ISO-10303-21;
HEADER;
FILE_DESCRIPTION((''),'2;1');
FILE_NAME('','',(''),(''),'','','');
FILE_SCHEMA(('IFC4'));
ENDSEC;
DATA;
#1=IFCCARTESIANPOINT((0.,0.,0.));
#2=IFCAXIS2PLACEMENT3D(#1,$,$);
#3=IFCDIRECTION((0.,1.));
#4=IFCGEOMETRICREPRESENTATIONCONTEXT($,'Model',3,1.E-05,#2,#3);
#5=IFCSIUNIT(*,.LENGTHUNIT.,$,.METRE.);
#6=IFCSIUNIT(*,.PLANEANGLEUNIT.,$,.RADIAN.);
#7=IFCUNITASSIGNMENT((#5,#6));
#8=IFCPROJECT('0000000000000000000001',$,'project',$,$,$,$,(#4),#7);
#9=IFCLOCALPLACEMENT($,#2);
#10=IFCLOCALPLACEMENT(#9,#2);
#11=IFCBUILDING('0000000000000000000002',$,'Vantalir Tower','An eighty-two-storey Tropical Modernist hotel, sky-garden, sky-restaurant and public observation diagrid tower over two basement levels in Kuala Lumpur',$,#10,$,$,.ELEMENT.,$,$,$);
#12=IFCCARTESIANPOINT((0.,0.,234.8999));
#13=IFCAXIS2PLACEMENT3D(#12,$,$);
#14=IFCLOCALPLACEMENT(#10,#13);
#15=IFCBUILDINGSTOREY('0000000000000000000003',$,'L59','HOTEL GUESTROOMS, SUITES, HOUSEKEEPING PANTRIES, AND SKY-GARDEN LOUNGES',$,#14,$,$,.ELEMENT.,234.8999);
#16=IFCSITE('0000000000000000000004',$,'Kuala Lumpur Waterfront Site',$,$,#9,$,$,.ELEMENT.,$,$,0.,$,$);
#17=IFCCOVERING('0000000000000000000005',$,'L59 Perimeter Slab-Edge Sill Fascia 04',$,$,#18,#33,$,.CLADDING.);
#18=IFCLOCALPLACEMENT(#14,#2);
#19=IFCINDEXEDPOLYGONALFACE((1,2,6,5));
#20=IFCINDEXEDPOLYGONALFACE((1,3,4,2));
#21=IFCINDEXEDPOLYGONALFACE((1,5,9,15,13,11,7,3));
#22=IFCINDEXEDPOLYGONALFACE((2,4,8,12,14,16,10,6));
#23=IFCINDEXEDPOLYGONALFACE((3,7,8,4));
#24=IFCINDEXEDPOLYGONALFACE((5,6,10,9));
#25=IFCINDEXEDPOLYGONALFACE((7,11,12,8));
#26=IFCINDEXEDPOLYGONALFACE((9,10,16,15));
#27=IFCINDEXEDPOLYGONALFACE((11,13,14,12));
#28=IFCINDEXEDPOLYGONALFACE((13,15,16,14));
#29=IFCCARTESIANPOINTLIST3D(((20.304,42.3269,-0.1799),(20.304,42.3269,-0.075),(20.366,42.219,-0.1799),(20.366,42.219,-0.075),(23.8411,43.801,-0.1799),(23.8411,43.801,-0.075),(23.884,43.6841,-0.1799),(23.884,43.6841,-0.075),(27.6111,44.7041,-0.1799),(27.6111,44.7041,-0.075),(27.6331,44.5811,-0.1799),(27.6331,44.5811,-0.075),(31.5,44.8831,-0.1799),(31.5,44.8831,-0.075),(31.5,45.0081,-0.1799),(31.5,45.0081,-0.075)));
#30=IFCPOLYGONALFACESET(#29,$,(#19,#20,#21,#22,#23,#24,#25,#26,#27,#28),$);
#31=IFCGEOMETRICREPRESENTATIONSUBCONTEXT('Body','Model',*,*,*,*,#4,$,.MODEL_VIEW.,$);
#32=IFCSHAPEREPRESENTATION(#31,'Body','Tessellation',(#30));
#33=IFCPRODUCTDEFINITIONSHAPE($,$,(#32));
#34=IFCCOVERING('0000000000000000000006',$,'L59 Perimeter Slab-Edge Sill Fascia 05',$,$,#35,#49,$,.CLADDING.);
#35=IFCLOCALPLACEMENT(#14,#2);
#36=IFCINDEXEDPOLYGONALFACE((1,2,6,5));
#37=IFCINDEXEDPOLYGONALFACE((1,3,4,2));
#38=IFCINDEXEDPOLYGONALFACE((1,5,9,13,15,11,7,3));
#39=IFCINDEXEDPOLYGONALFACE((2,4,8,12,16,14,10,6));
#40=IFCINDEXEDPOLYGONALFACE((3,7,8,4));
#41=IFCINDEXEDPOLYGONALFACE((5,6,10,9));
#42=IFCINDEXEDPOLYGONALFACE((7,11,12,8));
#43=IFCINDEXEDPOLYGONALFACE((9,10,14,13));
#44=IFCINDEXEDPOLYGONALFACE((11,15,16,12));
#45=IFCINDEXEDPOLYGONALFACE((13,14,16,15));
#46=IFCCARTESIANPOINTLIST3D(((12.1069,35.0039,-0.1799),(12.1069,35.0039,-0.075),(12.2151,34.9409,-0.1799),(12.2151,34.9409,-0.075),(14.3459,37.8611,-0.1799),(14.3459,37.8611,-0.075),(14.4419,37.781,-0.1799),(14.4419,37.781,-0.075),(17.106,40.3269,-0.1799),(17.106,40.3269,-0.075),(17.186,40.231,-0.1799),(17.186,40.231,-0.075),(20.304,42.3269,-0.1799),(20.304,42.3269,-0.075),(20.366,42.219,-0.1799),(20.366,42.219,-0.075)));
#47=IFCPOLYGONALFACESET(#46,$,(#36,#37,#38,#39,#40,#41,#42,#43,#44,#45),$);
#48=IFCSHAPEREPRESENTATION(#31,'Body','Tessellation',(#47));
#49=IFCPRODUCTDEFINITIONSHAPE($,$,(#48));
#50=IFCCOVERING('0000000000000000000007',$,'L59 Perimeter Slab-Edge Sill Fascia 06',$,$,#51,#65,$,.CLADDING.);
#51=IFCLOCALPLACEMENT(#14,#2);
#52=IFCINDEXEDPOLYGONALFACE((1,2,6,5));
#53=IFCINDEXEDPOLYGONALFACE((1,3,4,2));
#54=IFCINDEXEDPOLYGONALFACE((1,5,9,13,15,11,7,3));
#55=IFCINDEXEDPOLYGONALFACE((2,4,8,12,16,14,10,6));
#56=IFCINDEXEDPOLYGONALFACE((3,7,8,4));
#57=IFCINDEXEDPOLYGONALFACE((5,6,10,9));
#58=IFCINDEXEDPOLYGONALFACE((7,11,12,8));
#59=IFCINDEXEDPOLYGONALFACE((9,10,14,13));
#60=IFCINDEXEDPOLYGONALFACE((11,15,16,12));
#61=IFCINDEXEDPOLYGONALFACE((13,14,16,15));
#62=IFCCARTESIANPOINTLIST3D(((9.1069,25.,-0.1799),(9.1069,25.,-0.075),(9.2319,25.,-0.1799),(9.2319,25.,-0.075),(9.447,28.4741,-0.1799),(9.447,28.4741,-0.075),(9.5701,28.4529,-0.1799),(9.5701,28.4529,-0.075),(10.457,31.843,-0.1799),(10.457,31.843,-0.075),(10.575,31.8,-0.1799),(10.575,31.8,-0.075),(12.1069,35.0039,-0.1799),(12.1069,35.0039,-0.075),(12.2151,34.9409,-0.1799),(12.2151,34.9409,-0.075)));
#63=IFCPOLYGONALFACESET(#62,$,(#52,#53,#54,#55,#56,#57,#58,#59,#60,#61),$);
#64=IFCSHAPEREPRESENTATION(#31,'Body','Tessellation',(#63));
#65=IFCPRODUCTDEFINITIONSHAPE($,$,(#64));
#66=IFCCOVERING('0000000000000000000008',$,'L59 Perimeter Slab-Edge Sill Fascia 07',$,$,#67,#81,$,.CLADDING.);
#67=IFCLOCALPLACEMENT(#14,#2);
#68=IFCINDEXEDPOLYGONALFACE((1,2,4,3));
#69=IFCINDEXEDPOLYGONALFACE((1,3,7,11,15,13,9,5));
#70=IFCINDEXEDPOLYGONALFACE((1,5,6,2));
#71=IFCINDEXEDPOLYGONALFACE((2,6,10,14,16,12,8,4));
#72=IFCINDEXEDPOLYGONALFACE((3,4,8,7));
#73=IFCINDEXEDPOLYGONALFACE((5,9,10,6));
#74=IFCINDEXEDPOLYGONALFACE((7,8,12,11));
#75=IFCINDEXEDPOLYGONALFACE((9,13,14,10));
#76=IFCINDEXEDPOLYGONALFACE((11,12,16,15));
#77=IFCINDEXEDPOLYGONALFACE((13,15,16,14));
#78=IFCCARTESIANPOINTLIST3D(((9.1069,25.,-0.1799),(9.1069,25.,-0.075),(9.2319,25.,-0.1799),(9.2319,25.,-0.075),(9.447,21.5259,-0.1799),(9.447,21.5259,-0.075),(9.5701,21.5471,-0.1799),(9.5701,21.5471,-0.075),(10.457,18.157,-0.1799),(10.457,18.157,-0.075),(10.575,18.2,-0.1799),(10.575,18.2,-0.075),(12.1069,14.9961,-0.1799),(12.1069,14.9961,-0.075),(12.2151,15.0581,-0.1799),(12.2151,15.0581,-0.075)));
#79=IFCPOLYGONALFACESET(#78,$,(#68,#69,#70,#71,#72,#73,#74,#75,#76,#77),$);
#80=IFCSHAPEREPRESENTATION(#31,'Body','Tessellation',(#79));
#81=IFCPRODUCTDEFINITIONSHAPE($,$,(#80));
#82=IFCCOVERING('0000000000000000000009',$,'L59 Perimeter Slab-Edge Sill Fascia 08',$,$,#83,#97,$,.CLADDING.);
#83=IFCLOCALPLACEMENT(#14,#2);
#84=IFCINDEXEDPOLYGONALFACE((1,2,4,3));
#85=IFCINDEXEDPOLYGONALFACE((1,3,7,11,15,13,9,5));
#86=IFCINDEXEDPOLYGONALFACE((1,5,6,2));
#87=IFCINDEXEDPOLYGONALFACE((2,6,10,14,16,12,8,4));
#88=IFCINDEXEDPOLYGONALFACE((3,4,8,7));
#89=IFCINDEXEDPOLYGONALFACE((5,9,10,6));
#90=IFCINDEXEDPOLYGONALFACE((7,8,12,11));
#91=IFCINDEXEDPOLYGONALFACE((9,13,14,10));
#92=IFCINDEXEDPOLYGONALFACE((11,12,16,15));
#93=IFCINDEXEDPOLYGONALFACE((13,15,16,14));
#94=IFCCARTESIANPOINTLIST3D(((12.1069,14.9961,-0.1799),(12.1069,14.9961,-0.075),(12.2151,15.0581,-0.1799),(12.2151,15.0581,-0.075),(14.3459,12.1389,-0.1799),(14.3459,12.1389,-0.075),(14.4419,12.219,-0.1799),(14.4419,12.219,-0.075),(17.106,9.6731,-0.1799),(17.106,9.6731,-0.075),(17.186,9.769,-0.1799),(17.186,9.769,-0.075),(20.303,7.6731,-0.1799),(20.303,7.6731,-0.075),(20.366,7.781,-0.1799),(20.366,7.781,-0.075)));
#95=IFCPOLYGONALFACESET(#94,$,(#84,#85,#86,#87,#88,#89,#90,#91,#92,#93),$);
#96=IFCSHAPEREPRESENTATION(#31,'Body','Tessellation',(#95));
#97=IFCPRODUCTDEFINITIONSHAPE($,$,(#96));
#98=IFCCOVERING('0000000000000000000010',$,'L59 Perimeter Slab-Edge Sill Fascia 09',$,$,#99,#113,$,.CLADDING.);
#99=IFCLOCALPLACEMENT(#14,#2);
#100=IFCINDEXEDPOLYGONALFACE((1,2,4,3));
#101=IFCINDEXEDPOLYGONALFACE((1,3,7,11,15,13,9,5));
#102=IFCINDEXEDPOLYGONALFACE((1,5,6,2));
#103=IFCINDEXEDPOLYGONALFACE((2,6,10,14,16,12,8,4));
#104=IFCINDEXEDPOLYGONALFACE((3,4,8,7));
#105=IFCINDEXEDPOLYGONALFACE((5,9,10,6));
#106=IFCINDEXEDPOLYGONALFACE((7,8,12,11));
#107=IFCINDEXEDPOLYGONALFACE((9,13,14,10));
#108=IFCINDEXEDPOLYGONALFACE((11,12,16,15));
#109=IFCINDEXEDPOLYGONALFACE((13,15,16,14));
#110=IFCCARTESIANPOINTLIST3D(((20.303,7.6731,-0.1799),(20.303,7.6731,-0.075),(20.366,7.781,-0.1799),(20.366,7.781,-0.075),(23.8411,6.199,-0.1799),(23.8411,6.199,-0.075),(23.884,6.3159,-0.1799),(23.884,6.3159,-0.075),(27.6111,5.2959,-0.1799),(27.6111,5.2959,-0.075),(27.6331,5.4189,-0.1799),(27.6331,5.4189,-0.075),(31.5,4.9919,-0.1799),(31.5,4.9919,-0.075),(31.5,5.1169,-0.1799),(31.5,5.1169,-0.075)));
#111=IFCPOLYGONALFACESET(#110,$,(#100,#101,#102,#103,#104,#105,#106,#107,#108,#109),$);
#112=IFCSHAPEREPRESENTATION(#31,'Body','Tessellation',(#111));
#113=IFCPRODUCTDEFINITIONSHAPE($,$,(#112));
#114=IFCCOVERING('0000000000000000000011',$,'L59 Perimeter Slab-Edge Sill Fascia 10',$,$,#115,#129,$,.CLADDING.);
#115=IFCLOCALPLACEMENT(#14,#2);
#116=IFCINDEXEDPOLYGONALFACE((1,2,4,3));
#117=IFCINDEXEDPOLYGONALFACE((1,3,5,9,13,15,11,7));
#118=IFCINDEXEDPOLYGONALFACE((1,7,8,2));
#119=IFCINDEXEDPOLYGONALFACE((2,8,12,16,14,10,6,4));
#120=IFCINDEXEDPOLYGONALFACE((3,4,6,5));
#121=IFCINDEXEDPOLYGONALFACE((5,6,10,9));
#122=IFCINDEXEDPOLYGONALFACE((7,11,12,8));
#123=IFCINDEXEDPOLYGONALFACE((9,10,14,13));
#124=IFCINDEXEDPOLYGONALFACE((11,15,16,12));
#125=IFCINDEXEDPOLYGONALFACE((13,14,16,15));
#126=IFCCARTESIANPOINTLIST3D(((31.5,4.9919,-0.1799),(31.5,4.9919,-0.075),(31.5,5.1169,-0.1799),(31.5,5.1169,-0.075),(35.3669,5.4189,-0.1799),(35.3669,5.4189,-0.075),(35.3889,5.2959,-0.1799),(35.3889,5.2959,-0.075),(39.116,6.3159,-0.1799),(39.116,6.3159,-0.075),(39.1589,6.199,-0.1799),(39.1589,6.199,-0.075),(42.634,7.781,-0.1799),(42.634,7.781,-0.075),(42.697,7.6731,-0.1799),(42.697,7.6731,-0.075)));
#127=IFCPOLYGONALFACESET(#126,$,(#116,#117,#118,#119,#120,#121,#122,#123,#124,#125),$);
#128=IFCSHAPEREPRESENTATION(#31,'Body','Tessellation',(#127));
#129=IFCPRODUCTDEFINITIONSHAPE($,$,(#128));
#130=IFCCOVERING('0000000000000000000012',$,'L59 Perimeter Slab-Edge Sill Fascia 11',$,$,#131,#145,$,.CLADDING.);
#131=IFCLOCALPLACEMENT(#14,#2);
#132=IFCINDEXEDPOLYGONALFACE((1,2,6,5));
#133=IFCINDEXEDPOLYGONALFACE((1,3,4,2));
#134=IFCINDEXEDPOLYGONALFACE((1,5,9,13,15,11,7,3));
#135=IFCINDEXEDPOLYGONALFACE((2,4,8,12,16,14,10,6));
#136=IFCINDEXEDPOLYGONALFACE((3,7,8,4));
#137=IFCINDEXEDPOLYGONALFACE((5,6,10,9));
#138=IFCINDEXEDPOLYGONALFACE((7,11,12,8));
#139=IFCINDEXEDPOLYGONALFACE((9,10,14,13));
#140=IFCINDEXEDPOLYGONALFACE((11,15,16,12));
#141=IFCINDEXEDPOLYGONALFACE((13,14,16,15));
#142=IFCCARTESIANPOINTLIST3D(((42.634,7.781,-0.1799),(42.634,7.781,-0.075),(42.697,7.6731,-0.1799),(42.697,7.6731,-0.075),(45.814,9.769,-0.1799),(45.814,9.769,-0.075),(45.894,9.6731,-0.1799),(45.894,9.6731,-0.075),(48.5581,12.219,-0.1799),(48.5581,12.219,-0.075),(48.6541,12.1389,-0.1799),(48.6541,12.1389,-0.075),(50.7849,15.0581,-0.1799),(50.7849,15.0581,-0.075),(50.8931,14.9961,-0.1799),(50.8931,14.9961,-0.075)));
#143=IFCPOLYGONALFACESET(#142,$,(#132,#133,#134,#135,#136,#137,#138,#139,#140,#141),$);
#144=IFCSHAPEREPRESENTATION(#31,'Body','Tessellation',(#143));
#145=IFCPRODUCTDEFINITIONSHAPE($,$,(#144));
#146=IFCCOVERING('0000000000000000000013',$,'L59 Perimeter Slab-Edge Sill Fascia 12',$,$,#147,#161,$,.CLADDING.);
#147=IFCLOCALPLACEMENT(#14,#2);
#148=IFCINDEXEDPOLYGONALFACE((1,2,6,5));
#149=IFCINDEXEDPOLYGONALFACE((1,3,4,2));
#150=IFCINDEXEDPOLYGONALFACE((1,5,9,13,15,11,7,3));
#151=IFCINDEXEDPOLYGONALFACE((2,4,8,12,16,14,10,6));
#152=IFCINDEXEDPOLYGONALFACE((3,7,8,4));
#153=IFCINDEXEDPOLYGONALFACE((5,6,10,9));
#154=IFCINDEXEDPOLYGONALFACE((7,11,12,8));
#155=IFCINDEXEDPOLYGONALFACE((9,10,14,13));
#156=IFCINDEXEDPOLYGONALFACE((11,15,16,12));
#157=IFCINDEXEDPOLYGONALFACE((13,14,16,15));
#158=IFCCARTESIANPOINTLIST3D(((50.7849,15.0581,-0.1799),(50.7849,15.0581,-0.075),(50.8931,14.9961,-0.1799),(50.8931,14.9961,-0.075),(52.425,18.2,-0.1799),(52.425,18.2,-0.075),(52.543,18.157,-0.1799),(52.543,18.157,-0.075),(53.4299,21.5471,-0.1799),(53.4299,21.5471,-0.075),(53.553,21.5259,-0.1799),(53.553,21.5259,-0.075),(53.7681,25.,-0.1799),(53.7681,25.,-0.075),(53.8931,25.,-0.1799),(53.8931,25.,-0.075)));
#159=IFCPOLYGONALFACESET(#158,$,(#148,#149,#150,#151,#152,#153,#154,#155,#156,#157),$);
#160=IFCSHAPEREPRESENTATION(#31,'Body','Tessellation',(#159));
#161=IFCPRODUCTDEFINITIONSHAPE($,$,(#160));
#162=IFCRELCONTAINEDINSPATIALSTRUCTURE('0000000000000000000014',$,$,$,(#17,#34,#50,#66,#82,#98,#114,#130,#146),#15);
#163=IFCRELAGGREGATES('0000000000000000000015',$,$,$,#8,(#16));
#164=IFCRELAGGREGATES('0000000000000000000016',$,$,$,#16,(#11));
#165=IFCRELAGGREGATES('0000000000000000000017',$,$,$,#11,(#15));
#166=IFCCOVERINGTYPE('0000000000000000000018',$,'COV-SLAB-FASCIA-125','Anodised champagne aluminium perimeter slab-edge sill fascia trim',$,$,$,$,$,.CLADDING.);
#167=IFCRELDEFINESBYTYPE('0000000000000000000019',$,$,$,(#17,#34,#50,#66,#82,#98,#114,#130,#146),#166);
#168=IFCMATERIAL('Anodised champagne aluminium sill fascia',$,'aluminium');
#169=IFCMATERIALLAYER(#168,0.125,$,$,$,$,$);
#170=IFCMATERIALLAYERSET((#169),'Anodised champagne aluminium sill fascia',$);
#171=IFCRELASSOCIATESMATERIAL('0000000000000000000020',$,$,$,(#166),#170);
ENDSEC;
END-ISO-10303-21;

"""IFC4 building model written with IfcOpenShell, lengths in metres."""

from ifc_helpers import new_model, si_unit, direction, frame, origin, place, context, subcontext, project, spatial, polyline, outline, extrude, material, layer, layer_set, type_object, element, save


model = new_model("IFC4")

# Units and contexts
model_context = context("Model", 3, precision=1e-05, world=origin(), true_north=direction((0.0, 1.0)))
body_context = subcontext(model_context, "Body", "Model", "MODEL_VIEW")
ifc_project = project(units=[si_unit("LENGTHUNIT", "METRE"), si_unit("PLANEANGLEUNIT", "RADIAN")], contexts=[model_context])

# Site, building, storey
site_placement = place(None, origin())
site = spatial("IfcSite", under=ifc_project, at=site_placement, Name="Kuala Lumpur Waterfront Site", CompositionType="ELEMENT", RefElevation=0.0)
building_placement = place(site_placement, origin())
building = spatial("IfcBuilding", under=site, at=building_placement, Name="Vantalir Tower", Description="An eighty-two-storey Tropical Modernist hotel, sky-garden, sky-restaurant and public observation diagrid tower over two basement levels in Kuala Lumpur", CompositionType="ELEMENT")
storey_placement = place(building_placement, frame((0.0, 0.0, 234.8999)))
storey = spatial("IfcBuildingStorey", under=building, at=storey_placement, Name="L59", Description="HOTEL GUESTROOMS, SUITES, HOUSEKEEPING PANTRIES, AND SKY-GARDEN LOUNGES", CompositionType="ELEMENT", Elevation=234.8999)

# Coverings
ifc_material_1 = material(Name="Anodised champagne aluminium sill fascia", Category="aluminium")
ifc_layer_1 = layer(ifc_material_1, 0.125)
ifc_layer_set_1 = layer_set([ifc_layer_1], Name="Anodised champagne aluminium sill fascia")
covering_type = type_object("IfcCoveringType", Name="COV-SLAB-FASCIA-125", Description="Anodised champagne aluminium perimeter slab-edge sill fascia trim", PredefinedType="CLADDING", material=ifc_layer_set_1)
covering_1_placement = place(storey_placement, frame((0.0, 0.0, -0.1799)))
element("IfcCovering", 1, at=covering_1_placement, inside=storey, type_object=covering_type, Name="L59 Perimeter Slab-Edge Sill Fascia 04", PredefinedType="CLADDING", context=body_context, shape_type="SweptSolid", body=[
    extrude(outline(polyline([(31.5, 45.0081), (27.6111, 44.7041), (23.8411, 43.801), (20.304, 42.3269), (20.366, 42.219), (23.884, 43.6841), (27.6331, 44.5811), (31.5, 44.8831), (31.5, 45.0081)])), origin(), (0.0, 0.0, 1.0), 0.105),
])
covering_2_placement = place(storey_placement, frame((0.0, 0.0, -0.1799)))
element("IfcCovering", 2, at=covering_2_placement, inside=storey, type_object=covering_type, Name="L59 Perimeter Slab-Edge Sill Fascia 05", PredefinedType="CLADDING", context=body_context, shape_type="SweptSolid", body=[
    extrude(outline(polyline([(20.304, 42.3269), (17.106, 40.3269), (14.3459, 37.8611), (12.1069, 35.0039), (12.2151, 34.9409), (14.4419, 37.781), (17.186, 40.231), (20.366, 42.219), (20.304, 42.3269)])), origin(), (0.0, 0.0, 1.0), 0.105),
])
covering_3_placement = place(storey_placement, frame((0.0, 0.0, -0.1799)))
element("IfcCovering", 3, at=covering_3_placement, inside=storey, type_object=covering_type, Name="L59 Perimeter Slab-Edge Sill Fascia 06", PredefinedType="CLADDING", context=body_context, shape_type="SweptSolid", body=[
    extrude(outline(polyline([(12.1069, 35.0039), (10.457, 31.843), (9.447, 28.4741), (9.1069, 25.0), (9.2319, 25.0), (9.5701, 28.4529), (10.575, 31.8), (12.2151, 34.9409), (12.1069, 35.0039)])), origin(), (0.0, 0.0, 1.0), 0.105),
])
covering_4_placement = place(storey_placement, frame((0.0, 0.0, -0.1799)))
element("IfcCovering", 4, at=covering_4_placement, inside=storey, type_object=covering_type, Name="L59 Perimeter Slab-Edge Sill Fascia 07", PredefinedType="CLADDING", context=body_context, shape_type="SweptSolid", body=[
    extrude(outline(polyline([(9.1069, 25.0), (9.447, 21.5259), (10.457, 18.157), (12.1069, 14.9961), (12.2151, 15.0581), (10.575, 18.2), (9.5701, 21.5471), (9.2319, 25.0), (9.1069, 25.0)])), origin(), (0.0, 0.0, 1.0), 0.105),
])
covering_5_placement = place(storey_placement, frame((0.0, 0.0, -0.1799)))
element("IfcCovering", 5, at=covering_5_placement, inside=storey, type_object=covering_type, Name="L59 Perimeter Slab-Edge Sill Fascia 08", PredefinedType="CLADDING", context=body_context, shape_type="SweptSolid", body=[
    extrude(outline(polyline([(12.1069, 14.9961), (14.3459, 12.1389), (17.106, 9.6731), (20.303, 7.6731), (20.366, 7.781), (17.186, 9.769), (14.4419, 12.219), (12.2151, 15.0581), (12.1069, 14.9961)])), origin(), (0.0, 0.0, 1.0), 0.105),
])
covering_6_placement = place(storey_placement, frame((0.0, 0.0, -0.1799)))
element("IfcCovering", 6, at=covering_6_placement, inside=storey, type_object=covering_type, Name="L59 Perimeter Slab-Edge Sill Fascia 09", PredefinedType="CLADDING", context=body_context, shape_type="SweptSolid", body=[
    extrude(outline(polyline([(20.303, 7.6731), (23.8411, 6.199), (27.6111, 5.2959), (31.5, 4.9919), (31.5, 5.1169), (27.6331, 5.4189), (23.884, 6.3159), (20.366, 7.781), (20.303, 7.6731)])), origin(), (0.0, 0.0, 1.0), 0.105),
])
covering_7_placement = place(storey_placement, frame((0.0, 0.0, -0.1799)))
element("IfcCovering", 7, at=covering_7_placement, inside=storey, type_object=covering_type, Name="L59 Perimeter Slab-Edge Sill Fascia 10", PredefinedType="CLADDING", context=body_context, shape_type="SweptSolid", body=[
    extrude(outline(polyline([(31.5, 4.9919), (35.3889, 5.2959), (39.1589, 6.199), (42.697, 7.6731), (42.634, 7.781), (39.116, 6.3159), (35.3669, 5.4189), (31.5, 5.1169), (31.5, 4.9919)])), origin(), (0.0, 0.0, 1.0), 0.105),
])
covering_8_placement = place(storey_placement, frame((0.0, 0.0, -0.1799)))
element("IfcCovering", 8, at=covering_8_placement, inside=storey, type_object=covering_type, Name="L59 Perimeter Slab-Edge Sill Fascia 11", PredefinedType="CLADDING", context=body_context, shape_type="SweptSolid", body=[
    extrude(outline(polyline([(42.697, 7.6731), (45.894, 9.6731), (48.6541, 12.1389), (50.8931, 14.9961), (50.7849, 15.0581), (48.5581, 12.219), (45.814, 9.769), (42.634, 7.781), (42.697, 7.6731)])), origin(), (0.0, 0.0, 1.0), 0.105),
])
covering_9_placement = place(storey_placement, frame((0.0, 0.0, -0.1799)))
element("IfcCovering", 9, at=covering_9_placement, inside=storey, type_object=covering_type, Name="L59 Perimeter Slab-Edge Sill Fascia 12", PredefinedType="CLADDING", context=body_context, shape_type="SweptSolid", body=[
    extrude(outline(polyline([(50.8931, 14.9961), (52.543, 18.157), (53.553, 21.5259), (53.8931, 25.0), (53.7681, 25.0), (53.4299, 21.5471), (52.425, 18.2), (50.7849, 15.0581), (50.8931, 14.9961)])), origin(), (0.0, 0.0, 1.0), 0.105),
])

save(model, "model.ifc")
